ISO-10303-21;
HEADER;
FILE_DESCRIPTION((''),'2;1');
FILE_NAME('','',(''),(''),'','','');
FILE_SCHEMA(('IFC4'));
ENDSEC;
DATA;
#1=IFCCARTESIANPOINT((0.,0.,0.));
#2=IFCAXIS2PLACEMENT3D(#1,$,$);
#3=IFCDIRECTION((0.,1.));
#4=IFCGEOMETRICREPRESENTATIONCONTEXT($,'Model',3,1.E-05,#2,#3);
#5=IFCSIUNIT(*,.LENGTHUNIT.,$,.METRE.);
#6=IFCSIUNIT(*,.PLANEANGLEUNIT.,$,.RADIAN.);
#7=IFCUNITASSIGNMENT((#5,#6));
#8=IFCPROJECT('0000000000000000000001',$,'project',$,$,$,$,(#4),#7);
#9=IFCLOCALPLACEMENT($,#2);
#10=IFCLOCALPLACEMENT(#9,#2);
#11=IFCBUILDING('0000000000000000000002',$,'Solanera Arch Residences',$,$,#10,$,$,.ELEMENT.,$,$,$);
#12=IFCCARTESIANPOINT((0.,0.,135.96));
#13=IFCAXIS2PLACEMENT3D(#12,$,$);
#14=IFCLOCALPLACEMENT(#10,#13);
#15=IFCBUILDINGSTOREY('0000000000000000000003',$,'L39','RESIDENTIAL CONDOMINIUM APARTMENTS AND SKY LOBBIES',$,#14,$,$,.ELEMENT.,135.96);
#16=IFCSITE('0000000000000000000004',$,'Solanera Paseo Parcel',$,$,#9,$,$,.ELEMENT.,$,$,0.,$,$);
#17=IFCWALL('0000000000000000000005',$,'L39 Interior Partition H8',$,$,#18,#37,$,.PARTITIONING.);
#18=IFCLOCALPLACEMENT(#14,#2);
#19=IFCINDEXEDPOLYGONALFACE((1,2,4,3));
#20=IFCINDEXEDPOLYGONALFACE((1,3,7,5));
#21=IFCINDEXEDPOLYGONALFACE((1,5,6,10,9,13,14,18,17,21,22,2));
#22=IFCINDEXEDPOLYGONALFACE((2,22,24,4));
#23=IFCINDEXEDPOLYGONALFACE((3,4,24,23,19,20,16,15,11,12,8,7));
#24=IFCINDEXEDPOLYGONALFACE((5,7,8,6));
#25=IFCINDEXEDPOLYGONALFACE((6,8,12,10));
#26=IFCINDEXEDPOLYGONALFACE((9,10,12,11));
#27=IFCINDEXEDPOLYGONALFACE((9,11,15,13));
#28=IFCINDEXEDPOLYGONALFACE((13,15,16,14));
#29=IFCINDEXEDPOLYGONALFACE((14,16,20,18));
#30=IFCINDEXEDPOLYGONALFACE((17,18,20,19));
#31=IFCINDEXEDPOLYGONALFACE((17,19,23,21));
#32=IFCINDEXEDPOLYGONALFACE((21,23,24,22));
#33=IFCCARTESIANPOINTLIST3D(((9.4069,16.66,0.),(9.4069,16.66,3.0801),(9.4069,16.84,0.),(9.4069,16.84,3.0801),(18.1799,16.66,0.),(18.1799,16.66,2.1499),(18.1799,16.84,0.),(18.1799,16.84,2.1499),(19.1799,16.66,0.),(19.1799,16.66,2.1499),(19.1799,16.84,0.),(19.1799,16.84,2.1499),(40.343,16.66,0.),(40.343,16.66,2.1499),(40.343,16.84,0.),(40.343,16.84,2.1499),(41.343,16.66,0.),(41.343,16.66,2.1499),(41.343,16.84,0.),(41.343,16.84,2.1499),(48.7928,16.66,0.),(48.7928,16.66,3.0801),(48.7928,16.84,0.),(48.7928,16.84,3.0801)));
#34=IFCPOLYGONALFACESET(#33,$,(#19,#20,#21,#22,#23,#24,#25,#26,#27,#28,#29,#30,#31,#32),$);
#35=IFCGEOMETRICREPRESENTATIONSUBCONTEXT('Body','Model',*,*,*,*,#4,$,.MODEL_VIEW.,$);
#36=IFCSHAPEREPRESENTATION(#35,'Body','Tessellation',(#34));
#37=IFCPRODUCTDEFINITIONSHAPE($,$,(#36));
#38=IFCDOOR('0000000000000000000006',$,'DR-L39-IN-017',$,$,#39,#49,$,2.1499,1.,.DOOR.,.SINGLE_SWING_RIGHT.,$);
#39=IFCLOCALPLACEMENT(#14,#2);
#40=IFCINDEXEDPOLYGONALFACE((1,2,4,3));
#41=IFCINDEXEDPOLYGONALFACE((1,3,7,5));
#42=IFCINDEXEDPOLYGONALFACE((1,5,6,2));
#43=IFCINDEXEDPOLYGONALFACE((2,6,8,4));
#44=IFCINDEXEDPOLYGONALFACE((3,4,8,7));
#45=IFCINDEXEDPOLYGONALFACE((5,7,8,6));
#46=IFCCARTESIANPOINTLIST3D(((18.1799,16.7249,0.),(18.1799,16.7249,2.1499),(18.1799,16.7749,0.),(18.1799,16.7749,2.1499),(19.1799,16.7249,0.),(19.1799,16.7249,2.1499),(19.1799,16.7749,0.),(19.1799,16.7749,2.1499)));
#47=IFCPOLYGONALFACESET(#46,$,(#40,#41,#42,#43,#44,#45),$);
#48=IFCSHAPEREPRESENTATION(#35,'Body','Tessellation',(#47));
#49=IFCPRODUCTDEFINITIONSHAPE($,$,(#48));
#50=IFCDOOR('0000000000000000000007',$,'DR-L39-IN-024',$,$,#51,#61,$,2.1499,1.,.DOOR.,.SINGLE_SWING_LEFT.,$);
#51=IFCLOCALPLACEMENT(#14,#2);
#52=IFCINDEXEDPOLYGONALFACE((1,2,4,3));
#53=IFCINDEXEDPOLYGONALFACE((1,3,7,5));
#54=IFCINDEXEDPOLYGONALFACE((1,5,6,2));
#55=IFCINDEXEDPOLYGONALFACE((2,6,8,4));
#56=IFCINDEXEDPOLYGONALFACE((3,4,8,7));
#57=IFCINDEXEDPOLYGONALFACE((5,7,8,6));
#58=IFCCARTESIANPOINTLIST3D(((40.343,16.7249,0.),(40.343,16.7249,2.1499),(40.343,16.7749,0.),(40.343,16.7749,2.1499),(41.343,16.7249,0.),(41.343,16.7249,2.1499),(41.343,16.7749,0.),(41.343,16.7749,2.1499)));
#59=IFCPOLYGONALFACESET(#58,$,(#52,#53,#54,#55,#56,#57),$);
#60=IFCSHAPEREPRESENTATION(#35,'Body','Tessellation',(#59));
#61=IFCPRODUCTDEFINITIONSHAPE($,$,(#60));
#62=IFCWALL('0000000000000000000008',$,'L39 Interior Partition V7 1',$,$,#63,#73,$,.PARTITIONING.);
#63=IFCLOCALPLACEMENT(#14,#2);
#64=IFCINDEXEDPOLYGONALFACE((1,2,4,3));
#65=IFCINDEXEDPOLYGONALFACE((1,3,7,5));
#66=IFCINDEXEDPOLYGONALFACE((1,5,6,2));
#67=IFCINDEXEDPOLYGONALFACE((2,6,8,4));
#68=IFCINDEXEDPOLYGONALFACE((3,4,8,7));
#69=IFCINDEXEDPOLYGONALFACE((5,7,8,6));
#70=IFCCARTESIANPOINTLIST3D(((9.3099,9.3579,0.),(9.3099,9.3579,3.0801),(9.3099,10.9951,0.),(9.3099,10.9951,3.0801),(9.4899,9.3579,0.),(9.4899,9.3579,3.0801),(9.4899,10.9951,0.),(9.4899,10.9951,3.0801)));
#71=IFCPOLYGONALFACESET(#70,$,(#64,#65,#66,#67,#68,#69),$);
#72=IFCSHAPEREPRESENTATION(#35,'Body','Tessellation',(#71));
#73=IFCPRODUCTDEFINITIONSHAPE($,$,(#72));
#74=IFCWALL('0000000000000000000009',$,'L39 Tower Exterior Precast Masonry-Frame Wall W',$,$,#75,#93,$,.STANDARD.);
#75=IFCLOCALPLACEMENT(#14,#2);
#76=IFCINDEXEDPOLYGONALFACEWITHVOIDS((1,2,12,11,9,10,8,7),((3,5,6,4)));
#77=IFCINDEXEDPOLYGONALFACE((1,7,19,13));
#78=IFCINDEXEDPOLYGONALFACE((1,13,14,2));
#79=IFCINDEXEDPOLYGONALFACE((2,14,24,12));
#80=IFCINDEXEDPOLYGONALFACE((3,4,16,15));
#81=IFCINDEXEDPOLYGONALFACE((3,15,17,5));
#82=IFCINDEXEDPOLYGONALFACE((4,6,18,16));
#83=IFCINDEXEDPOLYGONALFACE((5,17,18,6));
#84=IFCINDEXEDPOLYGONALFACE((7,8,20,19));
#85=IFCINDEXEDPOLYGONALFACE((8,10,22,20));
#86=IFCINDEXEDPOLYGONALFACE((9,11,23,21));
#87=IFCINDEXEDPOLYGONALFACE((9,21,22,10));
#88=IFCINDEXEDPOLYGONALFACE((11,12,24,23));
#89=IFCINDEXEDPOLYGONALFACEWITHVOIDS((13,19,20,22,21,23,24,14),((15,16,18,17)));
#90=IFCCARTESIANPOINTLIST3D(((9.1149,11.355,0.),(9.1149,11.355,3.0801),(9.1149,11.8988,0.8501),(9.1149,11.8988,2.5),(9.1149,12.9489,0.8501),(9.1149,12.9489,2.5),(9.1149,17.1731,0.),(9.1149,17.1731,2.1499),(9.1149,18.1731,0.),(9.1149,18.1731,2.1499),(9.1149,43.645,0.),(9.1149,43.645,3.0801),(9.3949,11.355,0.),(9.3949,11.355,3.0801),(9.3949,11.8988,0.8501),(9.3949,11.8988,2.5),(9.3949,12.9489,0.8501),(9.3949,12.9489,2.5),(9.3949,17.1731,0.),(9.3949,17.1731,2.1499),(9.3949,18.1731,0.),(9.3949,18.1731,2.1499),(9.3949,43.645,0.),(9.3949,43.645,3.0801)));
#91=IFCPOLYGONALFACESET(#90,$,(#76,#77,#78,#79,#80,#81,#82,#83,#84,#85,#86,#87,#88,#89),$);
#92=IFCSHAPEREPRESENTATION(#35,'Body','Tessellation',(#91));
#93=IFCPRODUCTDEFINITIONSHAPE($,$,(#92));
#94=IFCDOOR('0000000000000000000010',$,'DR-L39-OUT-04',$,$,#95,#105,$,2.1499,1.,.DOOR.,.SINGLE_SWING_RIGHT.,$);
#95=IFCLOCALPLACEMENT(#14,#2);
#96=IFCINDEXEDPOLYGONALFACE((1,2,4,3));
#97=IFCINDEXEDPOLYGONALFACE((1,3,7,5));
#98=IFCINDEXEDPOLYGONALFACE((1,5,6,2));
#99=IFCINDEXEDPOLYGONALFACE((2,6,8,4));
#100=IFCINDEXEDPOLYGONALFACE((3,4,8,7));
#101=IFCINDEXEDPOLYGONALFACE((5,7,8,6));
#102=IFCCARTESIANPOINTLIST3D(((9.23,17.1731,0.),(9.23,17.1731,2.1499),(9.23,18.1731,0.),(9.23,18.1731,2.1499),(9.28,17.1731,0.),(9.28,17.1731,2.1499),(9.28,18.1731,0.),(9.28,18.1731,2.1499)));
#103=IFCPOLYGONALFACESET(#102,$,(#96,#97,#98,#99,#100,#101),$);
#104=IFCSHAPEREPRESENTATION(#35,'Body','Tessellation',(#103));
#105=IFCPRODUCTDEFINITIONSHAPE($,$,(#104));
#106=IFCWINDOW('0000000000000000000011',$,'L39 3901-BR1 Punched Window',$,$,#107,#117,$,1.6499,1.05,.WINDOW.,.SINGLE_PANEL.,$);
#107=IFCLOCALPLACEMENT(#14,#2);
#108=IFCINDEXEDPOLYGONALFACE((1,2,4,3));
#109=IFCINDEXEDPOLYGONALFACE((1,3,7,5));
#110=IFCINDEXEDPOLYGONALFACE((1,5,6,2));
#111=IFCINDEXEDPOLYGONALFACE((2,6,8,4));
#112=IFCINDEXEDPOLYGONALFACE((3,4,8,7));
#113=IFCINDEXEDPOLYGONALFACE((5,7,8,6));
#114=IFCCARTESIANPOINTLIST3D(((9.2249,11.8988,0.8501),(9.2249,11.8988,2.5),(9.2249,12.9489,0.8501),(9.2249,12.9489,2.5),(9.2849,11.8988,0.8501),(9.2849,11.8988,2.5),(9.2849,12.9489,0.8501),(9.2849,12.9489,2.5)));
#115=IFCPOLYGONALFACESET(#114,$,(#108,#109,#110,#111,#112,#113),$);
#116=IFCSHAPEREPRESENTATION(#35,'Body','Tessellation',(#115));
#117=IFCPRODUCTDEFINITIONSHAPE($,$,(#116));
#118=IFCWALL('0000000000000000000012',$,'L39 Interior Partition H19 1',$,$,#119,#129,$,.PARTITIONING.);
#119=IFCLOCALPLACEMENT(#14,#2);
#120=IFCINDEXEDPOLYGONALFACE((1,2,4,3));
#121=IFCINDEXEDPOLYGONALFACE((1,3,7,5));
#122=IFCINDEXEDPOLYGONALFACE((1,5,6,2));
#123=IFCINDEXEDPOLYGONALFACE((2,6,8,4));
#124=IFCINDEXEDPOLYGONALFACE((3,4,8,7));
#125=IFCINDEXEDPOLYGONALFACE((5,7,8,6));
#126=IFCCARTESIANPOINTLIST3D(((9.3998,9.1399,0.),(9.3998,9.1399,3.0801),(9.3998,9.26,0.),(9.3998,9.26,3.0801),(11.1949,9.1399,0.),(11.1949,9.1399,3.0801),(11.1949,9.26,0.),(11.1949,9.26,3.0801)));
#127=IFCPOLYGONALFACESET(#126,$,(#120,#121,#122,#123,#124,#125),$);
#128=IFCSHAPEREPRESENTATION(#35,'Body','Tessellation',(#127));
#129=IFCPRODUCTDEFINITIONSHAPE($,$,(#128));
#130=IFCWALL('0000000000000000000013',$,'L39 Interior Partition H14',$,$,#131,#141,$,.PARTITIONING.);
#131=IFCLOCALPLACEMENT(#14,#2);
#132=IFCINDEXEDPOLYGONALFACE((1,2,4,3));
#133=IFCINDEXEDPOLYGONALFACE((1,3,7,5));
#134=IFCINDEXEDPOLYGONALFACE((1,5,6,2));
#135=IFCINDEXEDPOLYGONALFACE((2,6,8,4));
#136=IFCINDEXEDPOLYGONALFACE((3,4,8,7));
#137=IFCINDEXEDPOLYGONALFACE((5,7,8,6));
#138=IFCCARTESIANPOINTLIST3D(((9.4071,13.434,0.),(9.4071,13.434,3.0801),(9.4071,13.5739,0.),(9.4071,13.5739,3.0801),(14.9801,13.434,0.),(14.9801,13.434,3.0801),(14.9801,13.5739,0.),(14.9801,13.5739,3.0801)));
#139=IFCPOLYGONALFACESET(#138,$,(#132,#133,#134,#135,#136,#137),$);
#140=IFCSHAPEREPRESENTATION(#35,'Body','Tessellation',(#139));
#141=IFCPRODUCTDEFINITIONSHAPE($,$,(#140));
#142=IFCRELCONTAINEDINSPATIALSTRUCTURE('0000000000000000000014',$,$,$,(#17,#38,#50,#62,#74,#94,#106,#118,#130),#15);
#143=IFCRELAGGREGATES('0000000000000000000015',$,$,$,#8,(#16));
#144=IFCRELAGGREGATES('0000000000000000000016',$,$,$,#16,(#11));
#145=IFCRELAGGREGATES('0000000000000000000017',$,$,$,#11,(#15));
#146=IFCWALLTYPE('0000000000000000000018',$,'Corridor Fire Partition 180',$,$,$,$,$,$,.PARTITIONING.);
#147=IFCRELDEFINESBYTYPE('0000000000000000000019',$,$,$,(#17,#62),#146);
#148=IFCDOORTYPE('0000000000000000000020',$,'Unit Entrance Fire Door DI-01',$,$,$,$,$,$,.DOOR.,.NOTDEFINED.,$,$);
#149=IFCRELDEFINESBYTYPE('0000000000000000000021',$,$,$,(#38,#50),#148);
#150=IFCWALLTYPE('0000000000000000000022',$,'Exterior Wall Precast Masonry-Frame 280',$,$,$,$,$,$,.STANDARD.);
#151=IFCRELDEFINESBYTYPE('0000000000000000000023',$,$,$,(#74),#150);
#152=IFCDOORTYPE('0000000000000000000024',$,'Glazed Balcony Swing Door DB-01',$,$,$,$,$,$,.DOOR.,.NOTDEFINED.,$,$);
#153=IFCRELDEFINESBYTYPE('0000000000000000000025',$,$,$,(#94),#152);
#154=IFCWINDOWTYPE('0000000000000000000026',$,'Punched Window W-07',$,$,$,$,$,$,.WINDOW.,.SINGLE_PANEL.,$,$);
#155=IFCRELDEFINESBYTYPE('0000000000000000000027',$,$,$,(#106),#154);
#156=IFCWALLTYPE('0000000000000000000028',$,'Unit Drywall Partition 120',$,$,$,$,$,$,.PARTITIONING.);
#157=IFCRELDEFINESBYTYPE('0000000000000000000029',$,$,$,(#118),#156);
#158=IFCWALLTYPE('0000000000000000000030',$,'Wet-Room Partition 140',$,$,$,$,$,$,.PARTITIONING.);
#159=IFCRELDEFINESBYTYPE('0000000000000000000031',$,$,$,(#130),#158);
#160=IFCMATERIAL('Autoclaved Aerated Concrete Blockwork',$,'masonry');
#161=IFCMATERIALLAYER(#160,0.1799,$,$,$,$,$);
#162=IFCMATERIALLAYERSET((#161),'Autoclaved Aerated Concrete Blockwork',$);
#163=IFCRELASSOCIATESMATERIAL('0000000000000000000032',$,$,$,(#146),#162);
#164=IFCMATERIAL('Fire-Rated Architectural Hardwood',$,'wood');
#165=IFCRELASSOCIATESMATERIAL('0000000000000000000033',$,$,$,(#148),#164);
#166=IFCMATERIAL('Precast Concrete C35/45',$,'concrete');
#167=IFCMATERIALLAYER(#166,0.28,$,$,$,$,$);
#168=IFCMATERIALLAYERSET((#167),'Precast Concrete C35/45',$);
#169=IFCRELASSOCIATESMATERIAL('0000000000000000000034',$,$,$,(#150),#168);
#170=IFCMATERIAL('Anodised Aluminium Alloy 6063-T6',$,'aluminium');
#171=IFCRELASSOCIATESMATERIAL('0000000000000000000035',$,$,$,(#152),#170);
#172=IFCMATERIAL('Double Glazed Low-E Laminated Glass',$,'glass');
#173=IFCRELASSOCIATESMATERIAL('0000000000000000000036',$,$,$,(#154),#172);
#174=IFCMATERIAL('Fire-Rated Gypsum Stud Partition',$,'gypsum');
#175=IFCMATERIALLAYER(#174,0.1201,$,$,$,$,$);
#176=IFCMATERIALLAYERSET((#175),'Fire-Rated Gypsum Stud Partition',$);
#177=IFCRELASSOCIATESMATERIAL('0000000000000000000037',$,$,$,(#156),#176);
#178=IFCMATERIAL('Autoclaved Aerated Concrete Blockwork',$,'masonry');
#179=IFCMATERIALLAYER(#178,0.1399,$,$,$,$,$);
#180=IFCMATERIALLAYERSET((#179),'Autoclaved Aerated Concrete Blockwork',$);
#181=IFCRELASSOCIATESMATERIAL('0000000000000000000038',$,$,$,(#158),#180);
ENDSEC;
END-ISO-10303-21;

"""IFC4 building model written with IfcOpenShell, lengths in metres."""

from ifc_helpers import new_model, si_unit, direction, frame, frame_2d, origin, place, context, subcontext, project, spatial, rectangle, extrude, material, layer, layer_set, type_object, element, fill, save


model = new_model("IFC4")

# Units and contexts
model_context = context("Model", 3, precision=1e-05, world=origin(), true_north=direction((0.0, 1.0)))
body_context = subcontext(model_context, "Body", "Model", "MODEL_VIEW")
ifc_project = project(units=[si_unit("LENGTHUNIT", "METRE"), si_unit("PLANEANGLEUNIT", "RADIAN")], contexts=[model_context])

# Site, building, storey
site_placement = place(None, origin())
site = spatial("IfcSite", under=ifc_project, at=site_placement, Name="Solanera Paseo Parcel", CompositionType="ELEMENT", RefElevation=0.0)
building_placement = place(site_placement, origin())
building = spatial("IfcBuilding", under=site, at=building_placement, Name="Solanera Arch Residences", CompositionType="ELEMENT")
storey_placement = place(building_placement, frame((0.0, 0.0, 135.96)))
storey = spatial("IfcBuildingStorey", under=building, at=storey_placement, Name="L39", Description="RESIDENTIAL CONDOMINIUM APARTMENTS AND SKY LOBBIES", CompositionType="ELEMENT", Elevation=135.96)

# Wall, openings, doors
ifc_material_1 = material(Name="Autoclaved Aerated Concrete Blockwork", Category="masonry")
ifc_layer_1 = layer(ifc_material_1, 0.1799)
ifc_layer_set_1 = layer_set([ifc_layer_1], Name="Autoclaved Aerated Concrete Blockwork")
wall_type_1 = type_object("IfcWallType", Name="Corridor Fire Partition 180", PredefinedType="PARTITIONING", material=ifc_layer_set_1)
wall_1_placement = place(storey_placement, frame((9.407, 16.75, 0.0), z_axis=(0.0, 0.0, 1.0), x_axis=(1.0, 0.0, 0.0)))
wall_1 = element("IfcWall", 1, at=wall_1_placement, inside=storey, type_object=wall_type_1, Name="L39 Interior Partition H8", PredefinedType="PARTITIONING", context=body_context, shape_type="SweptSolid", body=[
    extrude(rectangle(XDim=39.386, YDim=0.1799, at=frame_2d((19.6929, 0.0))), origin(), (0.0, 0.0, 1.0), 3.0801),
])
opening_1_placement = place(wall_1_placement, frame((8.7729, 0.0, 0.0)))
opening_1 = element("IfcOpeningElement", 2, at=opening_1_placement, cuts=wall_1, PredefinedType="OPENING", context=body_context, shape_type="SweptSolid", body=[
    extrude(rectangle(XDim=1.0, YDim=2.1499, at=frame_2d((0.5, 1.075))), frame((0.0, 0.1001, 0.0), z_axis=(0.0, -1.0, 0.0), x_axis=(1.0, 0.0, 0.0)), (0.0, 0.0, 1.0), 0.1999),
])
opening_2_placement = place(wall_1_placement, frame((30.936, 0.0, 0.0)))
opening_2 = element("IfcOpeningElement", 3, at=opening_2_placement, cuts=wall_1, PredefinedType="OPENING", context=body_context, shape_type="SweptSolid", body=[
    extrude(rectangle(XDim=1.0, YDim=2.1499, at=frame_2d((0.5, 1.075))), frame((0.0, 0.1001, 0.0), z_axis=(0.0, -1.0, 0.0), x_axis=(1.0, 0.0, 0.0)), (0.0, 0.0, 1.0), 0.1999),
])
ifc_material_2 = material(Name="Fire-Rated Architectural Hardwood", Category="wood")
door_type_1 = type_object("IfcDoorType", Name="Unit Entrance Fire Door DI-01", OperationType="NOTDEFINED", PredefinedType="DOOR", material=ifc_material_2)
door_1_placement = place(opening_1_placement, origin())
door_1 = element("IfcDoor", 4, at=door_1_placement, inside=storey, type_object=door_type_1, Name="DR-L39-IN-017", OperationType="SINGLE_SWING_RIGHT", OverallHeight=2.1499, OverallWidth=1.0, PredefinedType="DOOR", context=body_context, shape_type="SweptSolid", body=[
    extrude(rectangle(XDim=1.0, YDim=2.1499, at=frame_2d((0.5, 1.075))), frame((0.0, 0.0249, 0.0), z_axis=(0.0, -1.0, 0.0), x_axis=(1.0, 0.0, 0.0)), (0.0, 0.0, 1.0), 0.05),
])
fill(opening_1, door_1)
door_2_placement = place(opening_2_placement, origin())
door_2 = element("IfcDoor", 5, at=door_2_placement, inside=storey, type_object=door_type_1, Name="DR-L39-IN-024", OperationType="SINGLE_SWING_LEFT", OverallHeight=2.1499, OverallWidth=1.0, PredefinedType="DOOR", context=body_context, shape_type="SweptSolid", body=[
    extrude(rectangle(XDim=1.0, YDim=2.1499, at=frame_2d((0.5, 1.075))), frame((0.0, 0.0249, 0.0), z_axis=(0.0, -1.0, 0.0), x_axis=(1.0, 0.0, 0.0)), (0.0, 0.0, 1.0), 0.05),
])
fill(opening_2, door_2)

# Wall
wall_2_placement = place(storey_placement, frame((9.3999, 9.3579, 0.0), z_axis=(0.0, 0.0, 1.0), x_axis=(0.0, 1.0, 0.0)))
element("IfcWall", 6, at=wall_2_placement, inside=storey, type_object=wall_type_1, Name="L39 Interior Partition V7 1", PredefinedType="PARTITIONING", context=body_context, shape_type="SweptSolid", body=[
    extrude(rectangle(XDim=1.6372, YDim=0.1799, at=frame_2d((0.8186, 0.0))), origin(), (0.0, 0.0, 1.0), 3.0801),
])

# Wall, openings, door, window
ifc_material_3 = material(Name="Precast Concrete C35/45", Category="concrete")
ifc_layer_2 = layer(ifc_material_3, 0.28)
ifc_layer_set_2 = layer_set([ifc_layer_2], Name="Precast Concrete C35/45")
wall_type_2 = type_object("IfcWallType", Name="Exterior Wall Precast Masonry-Frame 280", PredefinedType="STANDARD", material=ifc_layer_set_2)
wall_3_placement = place(storey_placement, frame((9.2549, 11.355, 0.0), z_axis=(0.0, 0.0, 1.0), x_axis=(0.0, 1.0, 0.0)))
wall_3 = element("IfcWall", 7, at=wall_3_placement, inside=storey, type_object=wall_type_2, Name="L39 Tower Exterior Precast Masonry-Frame Wall W", PredefinedType="STANDARD", context=body_context, shape_type="SweptSolid", body=[
    extrude(rectangle(XDim=32.29, YDim=0.28, at=frame_2d((16.145, 0.0))), origin(), (0.0, 0.0, 1.0), 3.0801),
])
opening_3_placement = place(wall_3_placement, frame((5.8181, 0.0, 0.0)))
opening_3 = element("IfcOpeningElement", 8, at=opening_3_placement, cuts=wall_3, PredefinedType="OPENING", context=body_context, shape_type="SweptSolid", body=[
    extrude(rectangle(XDim=1.0, YDim=2.1499, at=frame_2d((0.5, 1.075))), frame((0.0, 0.1499, 0.0), z_axis=(0.0, -1.0, 0.0), x_axis=(1.0, 0.0, 0.0)), (0.0, 0.0, 1.0), 0.3),
])
opening_4_placement = place(wall_3_placement, frame((0.5439, 0.0, 0.8501)))
opening_4 = element("IfcOpeningElement", 9, at=opening_4_placement, cuts=wall_3, PredefinedType="OPENING", context=body_context, shape_type="SweptSolid", body=[
    extrude(rectangle(XDim=1.05, YDim=1.6499, at=frame_2d((0.5249, 0.825))), frame((0.0, 0.1499, 0.0), z_axis=(0.0, -1.0, 0.0), x_axis=(1.0, 0.0, 0.0)), (0.0, 0.0, 1.0), 0.3),
])
ifc_material_4 = material(Name="Anodised Aluminium Alloy 6063-T6", Category="aluminium")
door_type_2 = type_object("IfcDoorType", Name="Glazed Balcony Swing Door DB-01", OperationType="NOTDEFINED", PredefinedType="DOOR", material=ifc_material_4)
door_3_placement = place(opening_3_placement, origin())
door_3 = element("IfcDoor", 10, at=door_3_placement, inside=storey, type_object=door_type_2, Name="DR-L39-OUT-04", OperationType="SINGLE_SWING_RIGHT", OverallHeight=2.1499, OverallWidth=1.0, PredefinedType="DOOR", context=body_context, shape_type="SweptSolid", body=[
    extrude(rectangle(XDim=1.0, YDim=2.1499, at=frame_2d((0.5, 1.075))), frame((0.0, 0.0249, 0.0), z_axis=(0.0, -1.0, 0.0), x_axis=(1.0, 0.0, 0.0)), (0.0, 0.0, 1.0), 0.05),
])
fill(opening_3, door_3)
ifc_material_5 = material(Name="Double Glazed Low-E Laminated Glass", Category="glass")
window_type = type_object("IfcWindowType", Name="Punched Window W-07", PartitioningType="SINGLE_PANEL", PredefinedType="WINDOW", material=ifc_material_5)
window_placement = place(opening_4_placement, origin())
window = element("IfcWindow", 11, at=window_placement, inside=storey, type_object=window_type, Name="L39 3901-BR1 Punched Window", OverallHeight=1.6499, OverallWidth=1.05, PartitioningType="SINGLE_PANEL", PredefinedType="WINDOW", context=body_context, shape_type="SweptSolid", body=[
    extrude(rectangle(XDim=1.05, YDim=1.6499, at=frame_2d((0.5249, 0.825))), frame((0.0, 0.03, 0.0), z_axis=(0.0, -1.0, 0.0), x_axis=(1.0, 0.0, 0.0)), (0.0, 0.0, 1.0), 0.0601),
])
fill(opening_4, window)

# Walls
ifc_material_6 = material(Name="Fire-Rated Gypsum Stud Partition", Category="gypsum")
ifc_layer_3 = layer(ifc_material_6, 0.1201)
ifc_layer_set_3 = layer_set([ifc_layer_3], Name="Fire-Rated Gypsum Stud Partition")
wall_type_3 = type_object("IfcWallType", Name="Unit Drywall Partition 120", PredefinedType="PARTITIONING", material=ifc_layer_set_3)
wall_4_placement = place(storey_placement, frame((9.3999, 9.2, 0.0), z_axis=(0.0, 0.0, 1.0), x_axis=(1.0, 0.0, 0.0)))
element("IfcWall", 12, at=wall_4_placement, inside=storey, type_object=wall_type_3, Name="L39 Interior Partition H19 1", PredefinedType="PARTITIONING", context=body_context, shape_type="SweptSolid", body=[
    extrude(rectangle(XDim=1.7952, YDim=0.1201, at=frame_2d((0.8975, 0.0))), origin(), (0.0, 0.0, 1.0), 3.0801),
])
ifc_material_7 = material(Name="Autoclaved Aerated Concrete Blockwork", Category="masonry")
ifc_layer_4 = layer(ifc_material_7, 0.1399)
ifc_layer_set_4 = layer_set([ifc_layer_4], Name="Autoclaved Aerated Concrete Blockwork")
wall_type_4 = type_object("IfcWallType", Name="Wet-Room Partition 140", PredefinedType="PARTITIONING", material=ifc_layer_set_4)
wall_5_placement = place(storey_placement, frame((9.407, 13.5039, 0.0), z_axis=(0.0, 0.0, 1.0), x_axis=(1.0, 0.0, 0.0)))
element("IfcWall", 13, at=wall_5_placement, inside=storey, type_object=wall_type_4, Name="L39 Interior Partition H14", PredefinedType="PARTITIONING", context=body_context, shape_type="SweptSolid", body=[
    extrude(rectangle(XDim=5.573, YDim=0.1399, at=frame_2d((2.7866, 0.0))), origin(), (0.0, 0.0, 1.0), 3.0801),
])

save(model, "model.ifc")
